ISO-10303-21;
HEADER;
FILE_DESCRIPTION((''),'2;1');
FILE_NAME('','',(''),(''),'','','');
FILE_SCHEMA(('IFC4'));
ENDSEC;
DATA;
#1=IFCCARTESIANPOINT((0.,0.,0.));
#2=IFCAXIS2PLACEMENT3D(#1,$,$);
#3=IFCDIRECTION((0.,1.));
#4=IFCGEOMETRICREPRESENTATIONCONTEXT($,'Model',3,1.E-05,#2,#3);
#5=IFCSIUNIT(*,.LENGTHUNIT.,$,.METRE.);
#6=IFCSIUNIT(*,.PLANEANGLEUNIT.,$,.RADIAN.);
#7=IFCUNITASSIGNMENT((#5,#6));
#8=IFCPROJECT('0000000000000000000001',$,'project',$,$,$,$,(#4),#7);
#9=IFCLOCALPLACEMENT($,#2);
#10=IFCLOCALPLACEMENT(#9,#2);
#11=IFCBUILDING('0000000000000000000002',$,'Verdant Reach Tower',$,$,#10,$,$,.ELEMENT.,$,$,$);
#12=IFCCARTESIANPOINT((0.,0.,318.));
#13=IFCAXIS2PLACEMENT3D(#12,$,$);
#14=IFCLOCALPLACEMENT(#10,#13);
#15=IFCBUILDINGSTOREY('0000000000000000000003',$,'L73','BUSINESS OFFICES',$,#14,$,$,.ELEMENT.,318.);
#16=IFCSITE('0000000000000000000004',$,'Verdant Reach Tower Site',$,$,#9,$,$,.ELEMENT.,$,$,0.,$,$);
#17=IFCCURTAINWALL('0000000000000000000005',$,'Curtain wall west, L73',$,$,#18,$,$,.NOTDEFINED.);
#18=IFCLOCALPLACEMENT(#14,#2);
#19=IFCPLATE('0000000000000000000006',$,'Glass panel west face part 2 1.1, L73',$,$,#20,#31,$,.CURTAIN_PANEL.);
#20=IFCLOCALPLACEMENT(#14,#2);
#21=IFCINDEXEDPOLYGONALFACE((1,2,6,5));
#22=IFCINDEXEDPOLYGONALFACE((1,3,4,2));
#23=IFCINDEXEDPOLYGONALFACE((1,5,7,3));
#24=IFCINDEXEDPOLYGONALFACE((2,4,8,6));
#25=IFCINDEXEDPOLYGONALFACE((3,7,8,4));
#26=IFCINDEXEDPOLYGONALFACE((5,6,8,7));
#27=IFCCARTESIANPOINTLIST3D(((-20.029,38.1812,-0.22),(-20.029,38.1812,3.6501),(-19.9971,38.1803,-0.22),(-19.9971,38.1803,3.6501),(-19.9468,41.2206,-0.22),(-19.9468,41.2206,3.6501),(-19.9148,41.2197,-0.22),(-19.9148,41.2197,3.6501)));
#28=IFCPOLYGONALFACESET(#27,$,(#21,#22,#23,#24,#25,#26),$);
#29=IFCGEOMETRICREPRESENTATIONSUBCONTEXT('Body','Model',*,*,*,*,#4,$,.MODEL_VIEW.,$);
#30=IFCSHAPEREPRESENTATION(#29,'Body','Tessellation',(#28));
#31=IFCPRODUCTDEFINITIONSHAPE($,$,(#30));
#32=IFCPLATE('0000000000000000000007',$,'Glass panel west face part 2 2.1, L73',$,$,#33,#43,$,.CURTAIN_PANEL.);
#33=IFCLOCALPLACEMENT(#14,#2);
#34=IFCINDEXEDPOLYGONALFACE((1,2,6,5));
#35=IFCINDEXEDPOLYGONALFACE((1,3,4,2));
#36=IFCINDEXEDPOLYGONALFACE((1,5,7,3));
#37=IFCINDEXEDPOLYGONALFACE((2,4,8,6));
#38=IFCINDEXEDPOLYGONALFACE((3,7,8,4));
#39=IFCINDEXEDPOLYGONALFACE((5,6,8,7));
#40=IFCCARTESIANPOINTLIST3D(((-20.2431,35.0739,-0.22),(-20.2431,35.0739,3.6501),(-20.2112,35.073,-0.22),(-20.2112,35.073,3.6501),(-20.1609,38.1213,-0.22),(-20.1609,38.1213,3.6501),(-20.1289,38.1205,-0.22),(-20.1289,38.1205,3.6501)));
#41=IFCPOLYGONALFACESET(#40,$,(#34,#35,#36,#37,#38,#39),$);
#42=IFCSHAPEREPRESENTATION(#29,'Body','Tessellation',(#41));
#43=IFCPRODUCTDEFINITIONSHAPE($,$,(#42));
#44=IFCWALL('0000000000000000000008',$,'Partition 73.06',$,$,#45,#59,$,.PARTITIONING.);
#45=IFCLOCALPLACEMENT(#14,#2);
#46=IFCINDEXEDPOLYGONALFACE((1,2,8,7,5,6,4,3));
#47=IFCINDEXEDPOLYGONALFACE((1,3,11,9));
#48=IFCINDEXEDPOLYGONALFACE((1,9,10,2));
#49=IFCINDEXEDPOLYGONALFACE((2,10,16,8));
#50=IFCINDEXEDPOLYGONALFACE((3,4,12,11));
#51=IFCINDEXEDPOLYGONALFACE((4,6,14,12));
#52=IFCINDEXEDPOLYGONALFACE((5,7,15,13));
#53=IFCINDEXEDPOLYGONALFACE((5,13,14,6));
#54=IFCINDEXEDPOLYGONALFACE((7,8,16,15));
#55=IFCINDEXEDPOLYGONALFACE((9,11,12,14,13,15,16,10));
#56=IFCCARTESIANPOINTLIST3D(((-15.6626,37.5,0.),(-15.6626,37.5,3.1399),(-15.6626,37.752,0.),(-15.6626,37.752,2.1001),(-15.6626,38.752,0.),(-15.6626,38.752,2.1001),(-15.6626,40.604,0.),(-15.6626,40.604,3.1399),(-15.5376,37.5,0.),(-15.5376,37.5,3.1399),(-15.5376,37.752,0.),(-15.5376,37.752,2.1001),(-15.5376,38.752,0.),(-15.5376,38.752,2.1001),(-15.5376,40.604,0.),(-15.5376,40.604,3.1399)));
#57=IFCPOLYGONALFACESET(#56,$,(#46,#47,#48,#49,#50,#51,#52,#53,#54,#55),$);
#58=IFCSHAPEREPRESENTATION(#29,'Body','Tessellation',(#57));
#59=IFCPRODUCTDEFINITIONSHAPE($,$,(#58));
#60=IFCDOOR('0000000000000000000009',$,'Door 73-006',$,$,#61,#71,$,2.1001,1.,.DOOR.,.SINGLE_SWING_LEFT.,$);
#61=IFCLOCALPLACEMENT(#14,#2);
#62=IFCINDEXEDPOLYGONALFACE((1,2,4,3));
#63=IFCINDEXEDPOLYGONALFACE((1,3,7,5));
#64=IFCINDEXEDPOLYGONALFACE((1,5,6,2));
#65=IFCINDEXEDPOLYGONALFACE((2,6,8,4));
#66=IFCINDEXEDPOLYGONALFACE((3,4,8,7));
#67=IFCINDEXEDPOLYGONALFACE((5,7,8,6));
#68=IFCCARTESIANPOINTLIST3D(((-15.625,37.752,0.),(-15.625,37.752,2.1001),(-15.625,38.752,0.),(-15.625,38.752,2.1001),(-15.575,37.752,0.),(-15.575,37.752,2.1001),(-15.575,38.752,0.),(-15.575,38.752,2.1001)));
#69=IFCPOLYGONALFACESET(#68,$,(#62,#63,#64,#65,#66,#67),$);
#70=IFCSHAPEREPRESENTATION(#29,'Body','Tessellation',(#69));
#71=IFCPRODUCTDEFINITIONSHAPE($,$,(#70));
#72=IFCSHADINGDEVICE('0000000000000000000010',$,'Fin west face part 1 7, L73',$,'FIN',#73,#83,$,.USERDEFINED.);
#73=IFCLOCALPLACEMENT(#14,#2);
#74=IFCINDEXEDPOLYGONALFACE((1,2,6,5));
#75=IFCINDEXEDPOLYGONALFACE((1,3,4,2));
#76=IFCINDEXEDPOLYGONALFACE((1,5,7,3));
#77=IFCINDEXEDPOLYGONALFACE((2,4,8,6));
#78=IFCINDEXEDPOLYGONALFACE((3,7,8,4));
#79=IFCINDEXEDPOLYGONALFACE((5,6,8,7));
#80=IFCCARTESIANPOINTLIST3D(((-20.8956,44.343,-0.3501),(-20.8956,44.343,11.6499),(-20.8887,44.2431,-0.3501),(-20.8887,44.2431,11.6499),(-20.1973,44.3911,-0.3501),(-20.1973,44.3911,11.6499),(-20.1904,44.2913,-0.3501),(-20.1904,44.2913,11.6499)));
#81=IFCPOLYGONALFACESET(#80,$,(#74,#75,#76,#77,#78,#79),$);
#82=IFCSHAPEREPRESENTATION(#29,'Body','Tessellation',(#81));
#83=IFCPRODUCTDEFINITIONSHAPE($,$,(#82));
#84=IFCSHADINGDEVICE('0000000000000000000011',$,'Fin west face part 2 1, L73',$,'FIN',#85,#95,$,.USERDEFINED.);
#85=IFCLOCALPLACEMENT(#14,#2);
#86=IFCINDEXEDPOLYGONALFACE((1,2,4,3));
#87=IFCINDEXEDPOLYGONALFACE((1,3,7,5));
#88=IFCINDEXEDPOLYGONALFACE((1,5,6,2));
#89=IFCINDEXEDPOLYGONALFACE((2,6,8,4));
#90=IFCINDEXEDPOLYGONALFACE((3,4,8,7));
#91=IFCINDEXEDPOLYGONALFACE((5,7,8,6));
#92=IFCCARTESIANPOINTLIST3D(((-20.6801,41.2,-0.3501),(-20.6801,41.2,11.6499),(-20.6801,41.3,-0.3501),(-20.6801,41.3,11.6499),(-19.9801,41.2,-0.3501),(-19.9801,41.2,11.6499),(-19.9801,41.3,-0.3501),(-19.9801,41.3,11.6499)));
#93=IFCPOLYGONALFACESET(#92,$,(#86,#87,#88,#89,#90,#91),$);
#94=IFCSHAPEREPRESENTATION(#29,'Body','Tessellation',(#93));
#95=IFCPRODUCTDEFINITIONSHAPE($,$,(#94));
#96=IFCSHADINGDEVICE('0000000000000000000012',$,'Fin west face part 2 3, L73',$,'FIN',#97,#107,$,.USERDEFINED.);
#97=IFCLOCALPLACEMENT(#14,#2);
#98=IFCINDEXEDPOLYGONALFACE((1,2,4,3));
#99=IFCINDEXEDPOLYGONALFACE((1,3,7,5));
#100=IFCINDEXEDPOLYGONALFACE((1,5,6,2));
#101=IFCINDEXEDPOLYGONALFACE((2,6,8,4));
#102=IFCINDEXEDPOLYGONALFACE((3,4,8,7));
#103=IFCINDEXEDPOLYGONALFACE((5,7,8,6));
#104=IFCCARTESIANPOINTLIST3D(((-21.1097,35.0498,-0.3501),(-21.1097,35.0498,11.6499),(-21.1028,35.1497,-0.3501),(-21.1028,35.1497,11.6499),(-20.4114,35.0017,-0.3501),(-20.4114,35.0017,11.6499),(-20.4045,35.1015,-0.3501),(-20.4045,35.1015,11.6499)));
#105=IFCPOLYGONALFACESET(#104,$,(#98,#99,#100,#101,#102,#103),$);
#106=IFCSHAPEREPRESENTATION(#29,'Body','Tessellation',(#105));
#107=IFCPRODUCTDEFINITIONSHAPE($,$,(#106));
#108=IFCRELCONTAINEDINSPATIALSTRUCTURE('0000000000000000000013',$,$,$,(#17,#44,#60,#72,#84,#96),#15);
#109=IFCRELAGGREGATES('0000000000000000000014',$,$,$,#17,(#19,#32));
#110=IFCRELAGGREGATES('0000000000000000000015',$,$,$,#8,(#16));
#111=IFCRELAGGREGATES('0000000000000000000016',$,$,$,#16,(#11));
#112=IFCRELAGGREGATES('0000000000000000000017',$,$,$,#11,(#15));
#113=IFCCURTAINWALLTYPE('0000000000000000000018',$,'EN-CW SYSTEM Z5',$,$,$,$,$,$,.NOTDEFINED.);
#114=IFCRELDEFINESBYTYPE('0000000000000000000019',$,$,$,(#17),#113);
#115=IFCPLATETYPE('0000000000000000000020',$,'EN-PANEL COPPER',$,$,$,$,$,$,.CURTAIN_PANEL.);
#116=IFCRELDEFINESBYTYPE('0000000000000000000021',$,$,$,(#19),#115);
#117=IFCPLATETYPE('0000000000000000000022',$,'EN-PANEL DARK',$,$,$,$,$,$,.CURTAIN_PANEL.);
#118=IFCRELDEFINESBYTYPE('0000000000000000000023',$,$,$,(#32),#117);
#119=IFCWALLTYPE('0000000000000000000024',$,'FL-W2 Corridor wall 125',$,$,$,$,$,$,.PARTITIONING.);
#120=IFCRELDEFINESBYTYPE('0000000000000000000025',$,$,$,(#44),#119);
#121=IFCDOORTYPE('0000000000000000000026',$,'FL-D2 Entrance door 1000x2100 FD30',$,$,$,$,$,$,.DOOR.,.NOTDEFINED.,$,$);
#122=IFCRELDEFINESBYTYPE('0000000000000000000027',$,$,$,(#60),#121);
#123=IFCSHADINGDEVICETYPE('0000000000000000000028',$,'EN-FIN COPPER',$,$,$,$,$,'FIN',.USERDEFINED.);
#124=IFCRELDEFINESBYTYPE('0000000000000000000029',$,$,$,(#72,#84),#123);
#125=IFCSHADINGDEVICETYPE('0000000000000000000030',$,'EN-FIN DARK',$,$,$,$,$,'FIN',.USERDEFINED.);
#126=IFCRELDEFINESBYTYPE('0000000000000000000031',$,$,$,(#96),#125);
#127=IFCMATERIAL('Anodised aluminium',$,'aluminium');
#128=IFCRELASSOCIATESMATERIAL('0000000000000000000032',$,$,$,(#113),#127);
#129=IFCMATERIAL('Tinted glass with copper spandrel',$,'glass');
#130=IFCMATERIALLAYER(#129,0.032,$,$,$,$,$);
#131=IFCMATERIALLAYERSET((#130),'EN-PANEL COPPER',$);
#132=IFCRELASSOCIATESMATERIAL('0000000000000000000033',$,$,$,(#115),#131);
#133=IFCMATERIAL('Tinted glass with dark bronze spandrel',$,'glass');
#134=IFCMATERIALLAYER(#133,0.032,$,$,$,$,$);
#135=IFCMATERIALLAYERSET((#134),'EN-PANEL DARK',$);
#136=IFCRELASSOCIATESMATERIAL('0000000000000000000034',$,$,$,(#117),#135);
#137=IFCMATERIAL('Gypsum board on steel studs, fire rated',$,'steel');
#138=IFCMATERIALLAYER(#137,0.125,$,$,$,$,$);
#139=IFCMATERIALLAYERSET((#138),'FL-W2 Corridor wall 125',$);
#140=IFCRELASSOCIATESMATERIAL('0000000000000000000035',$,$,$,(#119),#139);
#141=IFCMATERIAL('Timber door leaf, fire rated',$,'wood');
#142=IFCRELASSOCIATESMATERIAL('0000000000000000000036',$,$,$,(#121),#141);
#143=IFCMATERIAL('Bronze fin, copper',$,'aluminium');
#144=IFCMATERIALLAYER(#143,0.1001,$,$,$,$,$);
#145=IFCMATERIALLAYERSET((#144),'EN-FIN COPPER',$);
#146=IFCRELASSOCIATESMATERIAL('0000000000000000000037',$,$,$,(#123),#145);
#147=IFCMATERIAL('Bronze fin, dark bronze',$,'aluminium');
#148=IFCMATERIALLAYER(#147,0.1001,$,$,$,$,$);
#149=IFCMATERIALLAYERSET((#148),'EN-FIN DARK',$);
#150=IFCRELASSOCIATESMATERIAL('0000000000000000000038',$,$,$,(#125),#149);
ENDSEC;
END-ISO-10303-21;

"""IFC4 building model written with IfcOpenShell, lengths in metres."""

from ifc_helpers import new_model, si_unit, direction, frame, frame_2d, origin, origin_2d, place, context, subcontext, project, spatial, rectangle, extrude, material, layer, layer_set, type_object, element, fill, aggregate, save


model = new_model("IFC4")

# Units and contexts
model_context = context("Model", 3, precision=1e-05, world=origin(), true_north=direction((0.0, 1.0)))
body_context = subcontext(model_context, "Body", "Model", "MODEL_VIEW")
ifc_project = project(units=[si_unit("LENGTHUNIT", "METRE"), si_unit("PLANEANGLEUNIT", "RADIAN")], contexts=[model_context])

# Site, building, storey
site_placement = place(None, origin())
site = spatial("IfcSite", under=ifc_project, at=site_placement, Name="Verdant Reach Tower Site", CompositionType="ELEMENT", RefElevation=0.0)
building_placement = place(site_placement, origin())
building = spatial("IfcBuilding", under=site, at=building_placement, Name="Verdant Reach Tower", CompositionType="ELEMENT")
storey_placement = place(building_placement, frame((0.0, 0.0, 318.0)))
storey = spatial("IfcBuildingStorey", under=building, at=storey_placement, Name="L73", Description="BUSINESS OFFICES", CompositionType="ELEMENT", Elevation=318.0)

# Curtain wall
ifc_material_1 = material(Name="Anodised aluminium", Category="aluminium")
curtain_wall_type = type_object("IfcCurtainWallType", Name="EN-CW SYSTEM Z5", PredefinedType="NOTDEFINED", material=ifc_material_1)
curtain_wall_placement = place(storey_placement, origin())
curtain_wall = element("IfcCurtainWall", 1, at=curtain_wall_placement, inside=storey, type_object=curtain_wall_type, Name="Curtain wall west, L73", PredefinedType="NOTDEFINED")

# Plates
ifc_material_2 = material(Name="Tinted glass with copper spandrel", Category="glass")
ifc_layer_1 = layer(ifc_material_2, 0.032)
ifc_layer_set_1 = layer_set([ifc_layer_1], Name="EN-PANEL COPPER")
plate_type_1 = type_object("IfcPlateType", Name="EN-PANEL COPPER", PredefinedType="CURTAIN_PANEL", material=ifc_layer_set_1)
plate_1_placement = place(storey_placement, frame((-19.9719, 39.7004, -0.22), z_axis=(0.0, 0.0, 1.0), x_axis=(-0.027053, -0.999634, 0.0)))
plate_1 = element("IfcPlate", 2, at=plate_1_placement, type_object=plate_type_1, Name="Glass panel west face part 2 1.1, L73", PredefinedType="CURTAIN_PANEL", context=body_context, shape_type="SweptSolid", body=[
    extrude(rectangle(XDim=3.0405, YDim=0.032, at=origin_2d()), origin(), (0.0, 0.0, 1.0), 3.8701),
])
ifc_material_3 = material(Name="Tinted glass with dark bronze spandrel", Category="glass")
ifc_layer_2 = layer(ifc_material_3, 0.032)
ifc_layer_set_2 = layer_set([ifc_layer_2], Name="EN-PANEL DARK")
plate_type_2 = type_object("IfcPlateType", Name="EN-PANEL DARK", PredefinedType="CURTAIN_PANEL", material=ifc_layer_set_2)
plate_2_placement = place(storey_placement, frame((-20.186, 36.5972, -0.22), z_axis=(0.0, 0.0, 1.0), x_axis=(-0.026965, -0.999636, 0.0)))
plate_2 = element("IfcPlate", 3, at=plate_2_placement, type_object=plate_type_2, Name="Glass panel west face part 2 2.1, L73", PredefinedType="CURTAIN_PANEL", context=body_context, shape_type="SweptSolid", body=[
    extrude(rectangle(XDim=3.0486, YDim=0.032, at=origin_2d()), origin(), (0.0, 0.0, 1.0), 3.8701),
])
aggregate(curtain_wall, [plate_1, plate_2])

# Wall, opening, door
ifc_material_4 = material(Name="Gypsum board on steel studs, fire rated", Category="steel")
ifc_layer_3 = layer(ifc_material_4, 0.125)
ifc_layer_set_3 = layer_set([ifc_layer_3], Name="FL-W2 Corridor wall 125")
wall_type = type_object("IfcWallType", Name="FL-W2 Corridor wall 125", PredefinedType="PARTITIONING", material=ifc_layer_set_3)
wall_placement = place(storey_placement, frame((-15.6001, 37.5, 0.0), z_axis=(0.0, 0.0, 1.0), x_axis=(0.0, 1.0, 0.0)))
wall = element("IfcWall", 4, at=wall_placement, inside=storey, type_object=wall_type, Name="Partition 73.06", PredefinedType="PARTITIONING", context=body_context, shape_type="SweptSolid", body=[
    extrude(rectangle(XDim=3.104, YDim=0.125, at=frame_2d((1.552, 0.0))), origin(), (0.0, 0.0, 1.0), 3.1399),
])
opening_placement = place(wall_placement, frame((0.252, 0.0, 0.0)))
opening = element("IfcOpeningElement", 5, at=opening_placement, cuts=wall, PredefinedType="OPENING", context=body_context, shape_type="SweptSolid", body=[
    extrude(rectangle(XDim=1.0, YDim=2.1001, at=frame_2d((0.5, 1.05))), frame((0.0, 0.0725, 0.0), z_axis=(0.0, -1.0, 0.0), x_axis=(1.0, 0.0, 0.0)), (0.0, 0.0, 1.0), 0.145),
])
ifc_material_5 = material(Name="Timber door leaf, fire rated", Category="wood")
door_type = type_object("IfcDoorType", Name="FL-D2 Entrance door 1000x2100 FD30", OperationType="NOTDEFINED", PredefinedType="DOOR", material=ifc_material_5)
door_placement = place(opening_placement, origin())
door = element("IfcDoor", 6, at=door_placement, inside=storey, type_object=door_type, Name="Door 73-006", OperationType="SINGLE_SWING_LEFT", OverallHeight=2.1001, OverallWidth=1.0, PredefinedType="DOOR", context=body_context, shape_type="SweptSolid", body=[
    extrude(rectangle(XDim=1.0, YDim=2.1001, at=frame_2d((0.5, 1.05))), frame((0.0, 0.0249, 0.0), z_axis=(0.0, -1.0, 0.0), x_axis=(1.0, 0.0, 0.0)), (0.0, 0.0, 1.0), 0.05),
])
fill(opening, door)

# Shading devices
ifc_material_6 = material(Name="Bronze fin, copper", Category="aluminium")
ifc_layer_4 = layer(ifc_material_6, 0.1001)
ifc_layer_set_4 = layer_set([ifc_layer_4], Name="EN-FIN COPPER")
shading_device_type_1 = type_object("IfcShadingDeviceType", Name="EN-FIN COPPER", ElementType="FIN", PredefinedType="USERDEFINED", material=ifc_layer_set_4)
for number, where, z_axis, x_axis, name in (
    (7, (-20.543, 44.3171, -0.3501), (0.0, 0.0, 1.0), (0.068802, -0.99763, 0.0), "Fin west face part 1 7, L73"),
    (8, (-20.3301, 41.25, -0.3501), (0.0, 0.0, 1.0), (0.0, -1.0, 0.0), "Fin west face part 2 1, L73"),
):
    element("IfcShadingDevice", number, at=place(storey_placement, frame(where, z_axis=z_axis, x_axis=x_axis)), inside=storey, type_object=shading_device_type_1, Name=name, ObjectType="FIN", PredefinedType="USERDEFINED", context=body_context, shape_type="SweptSolid", body=[
        extrude(rectangle(XDim=0.1001, YDim=0.7, at=origin_2d()), origin(), (0.0, 0.0, 1.0), 12.0),
    ])
ifc_material_7 = material(Name="Bronze fin, dark bronze", Category="aluminium")
ifc_layer_5 = layer(ifc_material_7, 0.1001)
ifc_layer_set_5 = layer_set([ifc_layer_5], Name="EN-FIN DARK")
shading_device_type_2 = type_object("IfcShadingDeviceType", Name="EN-FIN DARK", ElementType="FIN", PredefinedType="USERDEFINED", material=ifc_layer_set_5)
shading_device_placement = place(storey_placement, frame((-20.7571, 35.0757, -0.3501), z_axis=(0.0, 0.0, 1.0), x_axis=(-0.068802, -0.99763, 0.0)))
element("IfcShadingDevice", 9, at=shading_device_placement, inside=storey, type_object=shading_device_type_2, Name="Fin west face part 2 3, L73", ObjectType="FIN", PredefinedType="USERDEFINED", context=body_context, shape_type="SweptSolid", body=[
    extrude(rectangle(XDim=0.1001, YDim=0.7, at=origin_2d()), origin(), (0.0, 0.0, 1.0), 12.0),
])

save(model, "model.ifc")
